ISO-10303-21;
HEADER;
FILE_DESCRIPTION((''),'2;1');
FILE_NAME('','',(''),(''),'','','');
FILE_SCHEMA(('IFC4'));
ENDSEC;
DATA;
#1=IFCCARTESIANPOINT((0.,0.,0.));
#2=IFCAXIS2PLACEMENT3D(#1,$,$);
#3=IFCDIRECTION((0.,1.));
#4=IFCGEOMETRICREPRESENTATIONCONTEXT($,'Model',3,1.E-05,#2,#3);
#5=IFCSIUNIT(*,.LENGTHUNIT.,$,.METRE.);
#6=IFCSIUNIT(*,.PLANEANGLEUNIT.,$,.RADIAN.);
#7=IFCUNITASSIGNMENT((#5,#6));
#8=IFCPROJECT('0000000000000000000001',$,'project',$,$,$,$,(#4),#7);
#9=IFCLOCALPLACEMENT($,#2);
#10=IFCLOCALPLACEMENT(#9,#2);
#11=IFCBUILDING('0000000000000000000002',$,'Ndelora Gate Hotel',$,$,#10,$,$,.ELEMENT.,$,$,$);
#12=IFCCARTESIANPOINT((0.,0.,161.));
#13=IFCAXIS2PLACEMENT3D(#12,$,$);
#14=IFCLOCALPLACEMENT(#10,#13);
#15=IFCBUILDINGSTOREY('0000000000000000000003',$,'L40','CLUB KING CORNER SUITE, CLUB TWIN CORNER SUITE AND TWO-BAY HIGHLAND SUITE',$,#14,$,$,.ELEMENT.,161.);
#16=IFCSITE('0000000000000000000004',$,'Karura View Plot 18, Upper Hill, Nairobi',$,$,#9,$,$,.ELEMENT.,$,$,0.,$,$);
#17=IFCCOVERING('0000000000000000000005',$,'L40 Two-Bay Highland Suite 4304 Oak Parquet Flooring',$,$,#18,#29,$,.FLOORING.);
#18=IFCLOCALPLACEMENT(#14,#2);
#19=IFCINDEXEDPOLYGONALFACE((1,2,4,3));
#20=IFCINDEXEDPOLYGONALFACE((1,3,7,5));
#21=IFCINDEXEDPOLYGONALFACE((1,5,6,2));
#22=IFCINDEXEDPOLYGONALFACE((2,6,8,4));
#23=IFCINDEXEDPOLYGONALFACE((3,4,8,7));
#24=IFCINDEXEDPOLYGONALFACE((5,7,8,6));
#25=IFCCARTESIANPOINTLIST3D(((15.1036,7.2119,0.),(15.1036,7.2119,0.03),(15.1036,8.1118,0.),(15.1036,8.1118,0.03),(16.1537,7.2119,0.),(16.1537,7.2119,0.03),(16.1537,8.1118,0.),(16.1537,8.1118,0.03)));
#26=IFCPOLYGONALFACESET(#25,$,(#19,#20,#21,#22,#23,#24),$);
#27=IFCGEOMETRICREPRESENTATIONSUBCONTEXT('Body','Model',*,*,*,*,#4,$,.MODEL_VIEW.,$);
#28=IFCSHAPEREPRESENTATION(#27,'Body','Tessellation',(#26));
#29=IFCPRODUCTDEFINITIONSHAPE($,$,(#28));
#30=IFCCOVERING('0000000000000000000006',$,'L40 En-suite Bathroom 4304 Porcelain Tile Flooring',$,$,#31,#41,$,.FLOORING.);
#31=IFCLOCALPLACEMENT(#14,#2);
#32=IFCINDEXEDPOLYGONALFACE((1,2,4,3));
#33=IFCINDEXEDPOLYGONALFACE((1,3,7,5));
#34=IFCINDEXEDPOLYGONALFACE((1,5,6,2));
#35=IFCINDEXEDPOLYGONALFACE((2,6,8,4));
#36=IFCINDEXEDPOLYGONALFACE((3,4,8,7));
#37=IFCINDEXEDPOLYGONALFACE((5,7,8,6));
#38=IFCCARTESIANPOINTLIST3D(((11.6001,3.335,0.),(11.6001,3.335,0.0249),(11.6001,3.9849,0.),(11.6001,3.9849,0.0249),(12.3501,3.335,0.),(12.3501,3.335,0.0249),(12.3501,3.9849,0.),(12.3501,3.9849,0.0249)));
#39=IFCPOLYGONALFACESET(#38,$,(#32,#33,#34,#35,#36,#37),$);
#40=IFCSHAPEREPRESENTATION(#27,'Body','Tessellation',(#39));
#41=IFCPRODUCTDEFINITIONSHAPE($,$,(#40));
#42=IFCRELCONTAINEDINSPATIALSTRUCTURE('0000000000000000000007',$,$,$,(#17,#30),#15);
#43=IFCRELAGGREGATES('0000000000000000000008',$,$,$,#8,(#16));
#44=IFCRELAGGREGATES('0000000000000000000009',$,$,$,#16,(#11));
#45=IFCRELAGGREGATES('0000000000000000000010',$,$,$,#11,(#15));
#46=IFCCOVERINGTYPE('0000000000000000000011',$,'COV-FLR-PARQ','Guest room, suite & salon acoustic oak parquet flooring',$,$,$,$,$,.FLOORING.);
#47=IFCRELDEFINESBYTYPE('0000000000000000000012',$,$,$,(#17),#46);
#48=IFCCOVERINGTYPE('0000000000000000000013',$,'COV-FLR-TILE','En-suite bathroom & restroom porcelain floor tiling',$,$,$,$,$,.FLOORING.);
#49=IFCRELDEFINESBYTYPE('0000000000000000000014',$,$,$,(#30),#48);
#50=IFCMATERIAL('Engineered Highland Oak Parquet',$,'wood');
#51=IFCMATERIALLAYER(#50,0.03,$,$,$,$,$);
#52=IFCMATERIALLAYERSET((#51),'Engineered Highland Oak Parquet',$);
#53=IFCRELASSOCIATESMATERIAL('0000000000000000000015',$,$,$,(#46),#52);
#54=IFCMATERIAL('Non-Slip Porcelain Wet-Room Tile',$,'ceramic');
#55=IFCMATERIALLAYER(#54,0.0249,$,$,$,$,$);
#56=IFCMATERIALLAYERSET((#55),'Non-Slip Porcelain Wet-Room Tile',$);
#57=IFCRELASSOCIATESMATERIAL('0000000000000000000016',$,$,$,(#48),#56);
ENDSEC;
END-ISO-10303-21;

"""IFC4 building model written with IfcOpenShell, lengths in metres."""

from ifc_helpers import new_model, si_unit, direction, frame, origin, origin_2d, place, context, subcontext, project, spatial, rectangle, extrude, material, layer, layer_set, type_object, element, save


model = new_model("IFC4")

# Units and contexts
model_context = context("Model", 3, precision=1e-05, world=origin(), true_north=direction((0.0, 1.0)))
body_context = subcontext(model_context, "Body", "Model", "MODEL_VIEW")
ifc_project = project(units=[si_unit("LENGTHUNIT", "METRE"), si_unit("PLANEANGLEUNIT", "RADIAN")], contexts=[model_context])

# Site, building, storey
site_placement = place(None, origin())
site = spatial("IfcSite", under=ifc_project, at=site_placement, Name="Karura View Plot 18, Upper Hill, Nairobi", CompositionType="ELEMENT", RefElevation=0.0)
building_placement = place(site_placement, origin())
building = spatial("IfcBuilding", under=site, at=building_placement, Name="Ndelora Gate Hotel", CompositionType="ELEMENT")
storey_placement = place(building_placement, frame((0.0, 0.0, 161.0)))
storey = spatial("IfcBuildingStorey", under=building, at=storey_placement, Name="L40", Description="CLUB KING CORNER SUITE, CLUB TWIN CORNER SUITE AND TWO-BAY HIGHLAND SUITE", CompositionType="ELEMENT", Elevation=161.0)

# Coverings
ifc_material_1 = material(Name="Engineered Highland Oak Parquet", Category="wood")
ifc_layer_1 = layer(ifc_material_1, 0.03)
ifc_layer_set_1 = layer_set([ifc_layer_1], Name="Engineered Highland Oak Parquet")
covering_type_1 = type_object("IfcCoveringType", Name="COV-FLR-PARQ", Description="Guest room, suite & salon acoustic oak parquet flooring", PredefinedType="FLOORING", material=ifc_layer_set_1)
covering_1_placement = place(storey_placement, frame((15.6287, 7.6619, 0.0), z_axis=(0.0, 0.0, 1.0), x_axis=(1.0, 0.0, 0.0)))
element("IfcCovering", 1, at=covering_1_placement, inside=storey, type_object=covering_type_1, Name="L40 Two-Bay Highland Suite 4304 Oak Parquet Flooring", PredefinedType="FLOORING", context=body_context, shape_type="SweptSolid", body=[
    extrude(rectangle(XDim=1.05, YDim=0.8999, at=origin_2d()), origin(), (0.0, 0.0, 1.0), 0.03),
])
ifc_material_2 = material(Name="Non-Slip Porcelain Wet-Room Tile", Category="ceramic")
ifc_layer_2 = layer(ifc_material_2, 0.0249)
ifc_layer_set_2 = layer_set([ifc_layer_2], Name="Non-Slip Porcelain Wet-Room Tile")
covering_type_2 = type_object("IfcCoveringType", Name="COV-FLR-TILE", Description="En-suite bathroom & restroom porcelain floor tiling", PredefinedType="FLOORING", material=ifc_layer_set_2)
covering_2_placement = place(storey_placement, frame((11.9751, 3.6599, 0.0), z_axis=(0.0, 0.0, 1.0), x_axis=(1.0, 0.0, 0.0)))
element("IfcCovering", 2, at=covering_2_placement, inside=storey, type_object=covering_type_2, Name="L40 En-suite Bathroom 4304 Porcelain Tile Flooring", PredefinedType="FLOORING", context=body_context, shape_type="SweptSolid", body=[
    extrude(rectangle(XDim=0.75, YDim=0.6499, at=origin_2d()), origin(), (0.0, 0.0, 1.0), 0.0249),
])

save(model, "model.ifc")
